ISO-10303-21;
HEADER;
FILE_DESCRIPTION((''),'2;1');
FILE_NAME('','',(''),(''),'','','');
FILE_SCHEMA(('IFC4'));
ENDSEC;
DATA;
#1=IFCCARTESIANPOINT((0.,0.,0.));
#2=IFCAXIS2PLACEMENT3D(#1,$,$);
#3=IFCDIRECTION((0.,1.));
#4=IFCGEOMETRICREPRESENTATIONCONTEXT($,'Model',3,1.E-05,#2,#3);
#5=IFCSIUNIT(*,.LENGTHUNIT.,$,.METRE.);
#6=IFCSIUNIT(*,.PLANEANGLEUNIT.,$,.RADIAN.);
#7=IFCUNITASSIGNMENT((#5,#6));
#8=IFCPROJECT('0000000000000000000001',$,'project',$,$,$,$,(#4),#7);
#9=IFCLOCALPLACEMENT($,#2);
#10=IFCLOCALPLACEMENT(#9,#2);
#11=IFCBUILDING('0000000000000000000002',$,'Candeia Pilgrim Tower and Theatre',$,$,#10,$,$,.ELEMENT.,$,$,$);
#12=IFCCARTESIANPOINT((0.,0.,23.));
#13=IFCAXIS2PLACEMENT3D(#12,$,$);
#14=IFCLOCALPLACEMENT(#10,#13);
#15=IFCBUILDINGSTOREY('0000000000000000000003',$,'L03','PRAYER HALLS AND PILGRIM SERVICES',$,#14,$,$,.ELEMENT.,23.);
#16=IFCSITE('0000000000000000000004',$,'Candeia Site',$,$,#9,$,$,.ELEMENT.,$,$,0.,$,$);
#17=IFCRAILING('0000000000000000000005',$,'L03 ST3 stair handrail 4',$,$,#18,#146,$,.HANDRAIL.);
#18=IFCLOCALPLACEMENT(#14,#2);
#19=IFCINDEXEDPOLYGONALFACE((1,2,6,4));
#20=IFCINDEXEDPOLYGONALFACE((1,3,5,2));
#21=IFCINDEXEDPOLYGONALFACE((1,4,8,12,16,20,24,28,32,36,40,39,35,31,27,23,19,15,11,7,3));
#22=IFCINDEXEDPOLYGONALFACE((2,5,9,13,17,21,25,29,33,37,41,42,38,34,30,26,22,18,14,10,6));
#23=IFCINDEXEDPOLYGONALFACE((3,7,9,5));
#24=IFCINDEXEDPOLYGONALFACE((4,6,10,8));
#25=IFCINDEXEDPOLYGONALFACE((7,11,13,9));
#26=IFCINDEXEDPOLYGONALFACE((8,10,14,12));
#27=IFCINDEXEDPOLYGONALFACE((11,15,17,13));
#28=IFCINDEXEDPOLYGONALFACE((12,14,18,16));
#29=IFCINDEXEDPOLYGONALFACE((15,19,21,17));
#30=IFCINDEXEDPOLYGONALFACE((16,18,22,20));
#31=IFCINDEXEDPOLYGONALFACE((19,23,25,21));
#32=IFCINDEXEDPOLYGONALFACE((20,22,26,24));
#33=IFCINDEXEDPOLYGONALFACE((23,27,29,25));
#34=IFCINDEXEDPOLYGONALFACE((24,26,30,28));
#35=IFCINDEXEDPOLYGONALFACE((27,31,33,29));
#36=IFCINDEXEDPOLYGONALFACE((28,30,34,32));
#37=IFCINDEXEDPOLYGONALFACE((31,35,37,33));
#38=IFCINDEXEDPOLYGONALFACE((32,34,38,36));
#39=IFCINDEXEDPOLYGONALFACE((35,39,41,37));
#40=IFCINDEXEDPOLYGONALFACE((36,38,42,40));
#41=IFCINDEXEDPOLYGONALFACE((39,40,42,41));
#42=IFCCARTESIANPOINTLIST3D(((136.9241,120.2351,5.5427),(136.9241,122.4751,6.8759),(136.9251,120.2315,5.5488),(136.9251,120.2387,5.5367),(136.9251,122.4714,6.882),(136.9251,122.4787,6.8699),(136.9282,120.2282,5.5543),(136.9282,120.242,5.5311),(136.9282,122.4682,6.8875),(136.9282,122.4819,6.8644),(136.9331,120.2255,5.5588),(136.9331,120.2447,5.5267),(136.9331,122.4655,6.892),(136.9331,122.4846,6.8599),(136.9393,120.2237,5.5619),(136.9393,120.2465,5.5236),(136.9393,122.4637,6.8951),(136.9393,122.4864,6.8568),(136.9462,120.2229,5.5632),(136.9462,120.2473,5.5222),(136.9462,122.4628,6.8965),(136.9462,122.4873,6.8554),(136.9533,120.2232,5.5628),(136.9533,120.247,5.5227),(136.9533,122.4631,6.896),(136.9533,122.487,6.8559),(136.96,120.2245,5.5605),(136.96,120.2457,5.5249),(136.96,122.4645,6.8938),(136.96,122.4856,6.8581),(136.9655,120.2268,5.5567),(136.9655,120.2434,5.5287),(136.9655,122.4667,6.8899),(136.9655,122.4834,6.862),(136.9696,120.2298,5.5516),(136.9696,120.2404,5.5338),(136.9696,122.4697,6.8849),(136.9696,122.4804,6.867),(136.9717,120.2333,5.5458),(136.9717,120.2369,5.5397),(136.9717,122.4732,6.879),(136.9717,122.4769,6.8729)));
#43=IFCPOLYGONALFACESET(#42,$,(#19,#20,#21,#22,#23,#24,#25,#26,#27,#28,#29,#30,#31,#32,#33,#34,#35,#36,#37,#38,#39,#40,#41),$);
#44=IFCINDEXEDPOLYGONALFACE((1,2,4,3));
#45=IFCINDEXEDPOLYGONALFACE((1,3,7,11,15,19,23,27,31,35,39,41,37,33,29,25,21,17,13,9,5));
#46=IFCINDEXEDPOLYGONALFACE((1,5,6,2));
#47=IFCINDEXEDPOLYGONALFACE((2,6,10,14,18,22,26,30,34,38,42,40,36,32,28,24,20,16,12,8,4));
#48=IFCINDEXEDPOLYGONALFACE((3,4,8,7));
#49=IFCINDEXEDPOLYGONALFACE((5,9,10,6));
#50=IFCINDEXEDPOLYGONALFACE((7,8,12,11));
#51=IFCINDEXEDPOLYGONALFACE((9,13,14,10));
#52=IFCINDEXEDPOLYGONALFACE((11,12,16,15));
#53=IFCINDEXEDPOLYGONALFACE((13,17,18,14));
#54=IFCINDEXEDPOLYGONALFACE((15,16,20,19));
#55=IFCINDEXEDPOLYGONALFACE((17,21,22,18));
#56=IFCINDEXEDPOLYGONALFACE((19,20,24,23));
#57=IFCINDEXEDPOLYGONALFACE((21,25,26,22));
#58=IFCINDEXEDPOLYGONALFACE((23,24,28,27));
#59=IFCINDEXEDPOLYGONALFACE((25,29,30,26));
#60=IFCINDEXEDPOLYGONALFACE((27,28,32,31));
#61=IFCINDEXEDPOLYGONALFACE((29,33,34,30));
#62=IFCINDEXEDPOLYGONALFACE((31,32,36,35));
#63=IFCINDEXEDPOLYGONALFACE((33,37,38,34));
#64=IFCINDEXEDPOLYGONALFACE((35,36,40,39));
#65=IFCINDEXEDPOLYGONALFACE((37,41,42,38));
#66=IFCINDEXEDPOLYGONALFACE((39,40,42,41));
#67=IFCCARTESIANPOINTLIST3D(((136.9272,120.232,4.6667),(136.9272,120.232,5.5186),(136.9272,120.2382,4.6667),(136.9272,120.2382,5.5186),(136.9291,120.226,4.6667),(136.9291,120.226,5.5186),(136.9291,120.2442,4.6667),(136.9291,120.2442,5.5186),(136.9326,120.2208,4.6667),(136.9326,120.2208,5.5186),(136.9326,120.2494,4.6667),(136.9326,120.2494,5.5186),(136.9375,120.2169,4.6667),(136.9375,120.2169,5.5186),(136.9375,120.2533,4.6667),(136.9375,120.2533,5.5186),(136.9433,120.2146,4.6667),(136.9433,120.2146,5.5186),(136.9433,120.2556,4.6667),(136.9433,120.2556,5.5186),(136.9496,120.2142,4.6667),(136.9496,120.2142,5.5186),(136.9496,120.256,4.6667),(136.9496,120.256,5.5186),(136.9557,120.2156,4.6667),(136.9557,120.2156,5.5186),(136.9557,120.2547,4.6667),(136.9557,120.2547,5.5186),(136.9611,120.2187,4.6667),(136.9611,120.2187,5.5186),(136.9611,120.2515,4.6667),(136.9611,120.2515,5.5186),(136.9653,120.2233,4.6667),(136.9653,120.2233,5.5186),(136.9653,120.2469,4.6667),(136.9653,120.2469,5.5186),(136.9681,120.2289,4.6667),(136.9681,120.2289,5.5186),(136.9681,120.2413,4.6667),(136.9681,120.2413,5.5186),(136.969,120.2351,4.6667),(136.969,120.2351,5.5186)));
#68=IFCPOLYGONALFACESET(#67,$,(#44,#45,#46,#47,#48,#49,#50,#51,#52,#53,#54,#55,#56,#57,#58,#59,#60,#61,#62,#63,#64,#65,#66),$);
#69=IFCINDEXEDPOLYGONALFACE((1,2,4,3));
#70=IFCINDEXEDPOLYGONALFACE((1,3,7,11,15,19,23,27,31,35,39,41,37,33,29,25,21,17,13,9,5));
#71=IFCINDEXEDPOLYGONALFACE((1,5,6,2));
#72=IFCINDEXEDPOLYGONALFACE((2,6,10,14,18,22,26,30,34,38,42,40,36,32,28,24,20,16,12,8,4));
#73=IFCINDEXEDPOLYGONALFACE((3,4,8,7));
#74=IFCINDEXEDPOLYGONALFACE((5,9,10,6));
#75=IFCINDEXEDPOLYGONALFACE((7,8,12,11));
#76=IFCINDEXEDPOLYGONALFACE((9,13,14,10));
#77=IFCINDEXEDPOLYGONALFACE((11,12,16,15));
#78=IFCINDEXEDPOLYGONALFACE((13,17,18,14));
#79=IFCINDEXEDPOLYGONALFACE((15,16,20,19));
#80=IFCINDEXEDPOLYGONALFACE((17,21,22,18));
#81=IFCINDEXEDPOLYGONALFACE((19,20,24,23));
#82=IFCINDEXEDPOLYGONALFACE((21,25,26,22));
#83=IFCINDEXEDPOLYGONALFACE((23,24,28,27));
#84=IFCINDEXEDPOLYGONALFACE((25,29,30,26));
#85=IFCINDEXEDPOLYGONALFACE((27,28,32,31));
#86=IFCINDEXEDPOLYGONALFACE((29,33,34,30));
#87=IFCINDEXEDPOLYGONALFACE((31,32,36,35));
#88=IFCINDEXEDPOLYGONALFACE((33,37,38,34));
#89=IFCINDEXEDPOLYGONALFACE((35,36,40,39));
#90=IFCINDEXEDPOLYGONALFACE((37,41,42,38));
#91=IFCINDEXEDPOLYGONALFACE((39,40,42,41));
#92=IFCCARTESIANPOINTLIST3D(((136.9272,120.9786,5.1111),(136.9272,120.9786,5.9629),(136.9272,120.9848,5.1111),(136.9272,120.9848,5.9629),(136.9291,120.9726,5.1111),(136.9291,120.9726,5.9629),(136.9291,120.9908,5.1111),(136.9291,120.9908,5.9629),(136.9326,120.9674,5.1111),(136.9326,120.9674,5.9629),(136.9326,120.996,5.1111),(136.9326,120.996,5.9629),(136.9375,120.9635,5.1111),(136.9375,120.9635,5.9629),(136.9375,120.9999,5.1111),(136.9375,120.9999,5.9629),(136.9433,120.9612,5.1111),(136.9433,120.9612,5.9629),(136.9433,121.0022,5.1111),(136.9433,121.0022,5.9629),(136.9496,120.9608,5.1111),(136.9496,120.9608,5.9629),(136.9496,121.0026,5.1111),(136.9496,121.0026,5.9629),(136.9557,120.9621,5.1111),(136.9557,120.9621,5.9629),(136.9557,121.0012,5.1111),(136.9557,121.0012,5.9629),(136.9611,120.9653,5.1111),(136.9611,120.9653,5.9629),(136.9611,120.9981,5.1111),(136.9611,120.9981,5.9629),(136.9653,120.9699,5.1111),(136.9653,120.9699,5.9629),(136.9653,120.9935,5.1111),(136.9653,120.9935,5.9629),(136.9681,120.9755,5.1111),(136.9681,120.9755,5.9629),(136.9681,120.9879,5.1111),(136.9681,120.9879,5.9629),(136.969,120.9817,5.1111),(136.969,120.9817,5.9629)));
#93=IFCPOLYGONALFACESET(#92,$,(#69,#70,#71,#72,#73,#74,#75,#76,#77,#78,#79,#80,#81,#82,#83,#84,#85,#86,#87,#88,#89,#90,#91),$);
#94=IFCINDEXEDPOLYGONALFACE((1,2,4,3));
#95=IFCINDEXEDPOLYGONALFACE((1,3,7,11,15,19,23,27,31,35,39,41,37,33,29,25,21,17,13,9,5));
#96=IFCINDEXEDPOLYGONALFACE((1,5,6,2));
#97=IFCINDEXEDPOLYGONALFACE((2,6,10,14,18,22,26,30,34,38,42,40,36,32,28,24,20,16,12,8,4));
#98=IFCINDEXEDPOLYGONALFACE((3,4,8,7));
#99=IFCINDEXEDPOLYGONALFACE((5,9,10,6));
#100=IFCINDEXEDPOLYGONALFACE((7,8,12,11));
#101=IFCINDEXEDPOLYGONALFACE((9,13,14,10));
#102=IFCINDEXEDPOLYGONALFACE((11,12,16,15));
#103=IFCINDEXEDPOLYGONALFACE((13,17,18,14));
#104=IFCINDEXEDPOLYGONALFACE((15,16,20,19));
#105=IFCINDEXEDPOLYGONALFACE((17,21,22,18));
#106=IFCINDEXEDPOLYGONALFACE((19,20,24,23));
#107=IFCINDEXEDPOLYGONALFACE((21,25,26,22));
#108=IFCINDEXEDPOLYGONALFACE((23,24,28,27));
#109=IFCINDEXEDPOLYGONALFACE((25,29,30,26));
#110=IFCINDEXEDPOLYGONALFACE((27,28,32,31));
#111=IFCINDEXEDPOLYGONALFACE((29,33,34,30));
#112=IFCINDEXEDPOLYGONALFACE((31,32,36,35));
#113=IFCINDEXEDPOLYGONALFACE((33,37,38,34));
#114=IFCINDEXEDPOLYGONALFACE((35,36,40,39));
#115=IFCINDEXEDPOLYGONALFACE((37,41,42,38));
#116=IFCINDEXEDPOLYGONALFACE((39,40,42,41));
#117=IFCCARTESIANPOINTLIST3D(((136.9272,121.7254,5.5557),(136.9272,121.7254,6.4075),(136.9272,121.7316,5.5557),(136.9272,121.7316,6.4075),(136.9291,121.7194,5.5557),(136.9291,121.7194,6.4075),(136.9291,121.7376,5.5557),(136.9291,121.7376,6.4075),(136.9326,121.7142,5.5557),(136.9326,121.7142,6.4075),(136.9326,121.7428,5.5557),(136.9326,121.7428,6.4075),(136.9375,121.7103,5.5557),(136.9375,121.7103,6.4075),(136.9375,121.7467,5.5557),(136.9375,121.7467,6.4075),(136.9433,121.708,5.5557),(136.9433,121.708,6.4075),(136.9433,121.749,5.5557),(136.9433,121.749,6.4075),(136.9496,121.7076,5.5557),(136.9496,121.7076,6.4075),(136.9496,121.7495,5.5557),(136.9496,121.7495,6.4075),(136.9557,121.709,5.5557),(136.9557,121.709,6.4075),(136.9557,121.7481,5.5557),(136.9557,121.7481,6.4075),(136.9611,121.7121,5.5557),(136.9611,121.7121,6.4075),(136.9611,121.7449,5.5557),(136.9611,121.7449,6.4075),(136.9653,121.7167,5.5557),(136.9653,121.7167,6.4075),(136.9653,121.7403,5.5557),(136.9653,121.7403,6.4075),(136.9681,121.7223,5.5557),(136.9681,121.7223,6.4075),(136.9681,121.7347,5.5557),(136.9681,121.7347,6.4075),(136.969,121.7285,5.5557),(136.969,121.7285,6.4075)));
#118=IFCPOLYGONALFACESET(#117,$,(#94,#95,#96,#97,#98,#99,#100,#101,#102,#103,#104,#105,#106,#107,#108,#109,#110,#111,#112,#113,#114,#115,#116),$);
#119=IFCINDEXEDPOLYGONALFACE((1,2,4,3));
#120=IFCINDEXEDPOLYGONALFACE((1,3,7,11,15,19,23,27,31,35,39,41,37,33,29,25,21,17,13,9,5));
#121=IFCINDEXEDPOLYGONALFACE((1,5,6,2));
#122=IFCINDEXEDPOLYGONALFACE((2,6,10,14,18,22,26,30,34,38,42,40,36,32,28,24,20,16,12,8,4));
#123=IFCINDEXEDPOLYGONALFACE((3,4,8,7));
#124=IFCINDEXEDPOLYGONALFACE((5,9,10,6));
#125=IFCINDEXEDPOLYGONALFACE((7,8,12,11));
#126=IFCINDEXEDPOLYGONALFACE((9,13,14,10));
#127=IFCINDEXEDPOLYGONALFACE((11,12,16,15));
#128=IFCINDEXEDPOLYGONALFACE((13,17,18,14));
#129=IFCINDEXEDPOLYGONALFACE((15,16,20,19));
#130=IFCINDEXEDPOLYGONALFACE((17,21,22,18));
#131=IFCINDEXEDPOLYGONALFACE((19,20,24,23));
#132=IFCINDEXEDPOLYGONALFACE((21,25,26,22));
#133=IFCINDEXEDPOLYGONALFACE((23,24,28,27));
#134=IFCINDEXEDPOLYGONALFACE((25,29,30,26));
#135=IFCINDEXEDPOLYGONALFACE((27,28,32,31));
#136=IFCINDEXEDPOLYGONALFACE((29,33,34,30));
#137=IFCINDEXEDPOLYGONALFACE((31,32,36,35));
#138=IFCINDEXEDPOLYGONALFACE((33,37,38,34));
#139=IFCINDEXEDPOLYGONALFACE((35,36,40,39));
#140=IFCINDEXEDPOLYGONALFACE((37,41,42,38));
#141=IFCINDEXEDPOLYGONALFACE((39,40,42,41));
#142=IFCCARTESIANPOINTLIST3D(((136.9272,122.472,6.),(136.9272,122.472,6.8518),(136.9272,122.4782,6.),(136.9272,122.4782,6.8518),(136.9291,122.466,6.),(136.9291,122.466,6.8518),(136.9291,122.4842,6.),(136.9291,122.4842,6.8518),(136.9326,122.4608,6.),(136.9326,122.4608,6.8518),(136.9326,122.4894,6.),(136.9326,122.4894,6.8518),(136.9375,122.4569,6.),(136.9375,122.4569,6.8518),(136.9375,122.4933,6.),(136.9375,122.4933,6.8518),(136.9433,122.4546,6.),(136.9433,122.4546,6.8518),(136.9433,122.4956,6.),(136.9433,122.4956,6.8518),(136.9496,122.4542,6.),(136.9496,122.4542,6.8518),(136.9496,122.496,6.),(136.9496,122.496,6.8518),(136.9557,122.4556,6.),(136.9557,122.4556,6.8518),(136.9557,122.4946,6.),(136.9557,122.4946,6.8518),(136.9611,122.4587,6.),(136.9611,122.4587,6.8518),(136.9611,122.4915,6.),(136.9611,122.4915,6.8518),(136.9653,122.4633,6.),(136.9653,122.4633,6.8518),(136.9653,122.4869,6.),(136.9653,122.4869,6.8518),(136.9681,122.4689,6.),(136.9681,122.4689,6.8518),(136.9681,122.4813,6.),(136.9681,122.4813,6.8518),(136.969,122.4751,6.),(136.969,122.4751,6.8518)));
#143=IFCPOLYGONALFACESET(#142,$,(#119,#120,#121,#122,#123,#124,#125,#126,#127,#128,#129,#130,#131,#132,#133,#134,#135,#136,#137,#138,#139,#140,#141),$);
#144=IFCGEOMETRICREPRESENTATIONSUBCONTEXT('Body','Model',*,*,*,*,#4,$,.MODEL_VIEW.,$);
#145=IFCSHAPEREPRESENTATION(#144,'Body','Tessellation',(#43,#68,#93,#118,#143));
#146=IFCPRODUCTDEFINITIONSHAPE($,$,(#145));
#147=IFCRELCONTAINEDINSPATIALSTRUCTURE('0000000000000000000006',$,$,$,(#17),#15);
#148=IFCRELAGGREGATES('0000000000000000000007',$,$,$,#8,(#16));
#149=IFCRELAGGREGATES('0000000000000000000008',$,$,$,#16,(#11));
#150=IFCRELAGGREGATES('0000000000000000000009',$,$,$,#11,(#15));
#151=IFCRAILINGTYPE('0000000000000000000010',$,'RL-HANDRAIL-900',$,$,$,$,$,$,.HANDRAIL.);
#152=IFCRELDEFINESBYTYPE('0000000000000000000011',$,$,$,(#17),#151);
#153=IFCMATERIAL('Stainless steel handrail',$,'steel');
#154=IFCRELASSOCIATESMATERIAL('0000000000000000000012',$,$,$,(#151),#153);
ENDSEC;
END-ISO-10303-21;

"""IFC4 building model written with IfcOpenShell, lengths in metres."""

from ifc_helpers import new_model, si_unit, direction, frame, origin, origin_2d, place, context, subcontext, project, spatial, circle, extrude, material, type_object, element, save


model = new_model("IFC4")

# Units and contexts
model_context = context("Model", 3, precision=1e-05, world=origin(), true_north=direction((0.0, 1.0)))
body_context = subcontext(model_context, "Body", "Model", "MODEL_VIEW")
ifc_project = project(units=[si_unit("LENGTHUNIT", "METRE"), si_unit("PLANEANGLEUNIT", "RADIAN")], contexts=[model_context])

# Site, building, storey
site_placement = place(None, origin())
site = spatial("IfcSite", under=ifc_project, at=site_placement, Name="Candeia Site", CompositionType="ELEMENT", RefElevation=0.0)
building_placement = place(site_placement, origin())
building = spatial("IfcBuilding", under=site, at=building_placement, Name="Candeia Pilgrim Tower and Theatre", CompositionType="ELEMENT")
storey_placement = place(building_placement, frame((0.0, 0.0, 23.0)))
storey = spatial("IfcBuildingStorey", under=building, at=storey_placement, Name="L03", Description="PRAYER HALLS AND PILGRIM SERVICES", CompositionType="ELEMENT", Elevation=23.0)

# Railing
ifc_material_1 = material(Name="Stainless steel handrail", Category="steel")
railing_type_1 = type_object("IfcRailingType", Name="RL-HANDRAIL-900", PredefinedType="HANDRAIL", material=ifc_material_1)
railing_1_placement = place(storey_placement, frame((136.948, 120.2351, 4.6667)))
element("IfcRailing", 1, at=railing_1_placement, inside=storey, type_object=railing_type_1, Name="L03 ST3 stair handrail 4", PredefinedType="HANDRAIL", context=body_context, shape_type="SweptSolid", body=[
    extrude(circle(Radius=0.0239, at=origin_2d()), frame((0.0, 0.0, 0.876), z_axis=(0.0, 0.859306, 0.511462), x_axis=(-1.0, 0.0, 0.0)), (0.0, 0.0, 1.0), 2.6067),
    extrude(circle(Radius=0.021, at=origin_2d()), origin(), (0.0, 0.0, 1.0), 0.8518),
    extrude(circle(Radius=0.021, at=origin_2d()), frame((0.0, 0.7466, 0.4443)), (0.0, 0.0, 1.0), 0.8518),
    extrude(circle(Radius=0.021, at=origin_2d()), frame((0.0, 1.4934, 0.8889)), (0.0, 0.0, 1.0), 0.8518),
    extrude(circle(Radius=0.021, at=origin_2d()), frame((0.0, 2.24, 1.3333)), (0.0, 0.0, 1.0), 0.8518),
])

save(model, "model.ifc")
